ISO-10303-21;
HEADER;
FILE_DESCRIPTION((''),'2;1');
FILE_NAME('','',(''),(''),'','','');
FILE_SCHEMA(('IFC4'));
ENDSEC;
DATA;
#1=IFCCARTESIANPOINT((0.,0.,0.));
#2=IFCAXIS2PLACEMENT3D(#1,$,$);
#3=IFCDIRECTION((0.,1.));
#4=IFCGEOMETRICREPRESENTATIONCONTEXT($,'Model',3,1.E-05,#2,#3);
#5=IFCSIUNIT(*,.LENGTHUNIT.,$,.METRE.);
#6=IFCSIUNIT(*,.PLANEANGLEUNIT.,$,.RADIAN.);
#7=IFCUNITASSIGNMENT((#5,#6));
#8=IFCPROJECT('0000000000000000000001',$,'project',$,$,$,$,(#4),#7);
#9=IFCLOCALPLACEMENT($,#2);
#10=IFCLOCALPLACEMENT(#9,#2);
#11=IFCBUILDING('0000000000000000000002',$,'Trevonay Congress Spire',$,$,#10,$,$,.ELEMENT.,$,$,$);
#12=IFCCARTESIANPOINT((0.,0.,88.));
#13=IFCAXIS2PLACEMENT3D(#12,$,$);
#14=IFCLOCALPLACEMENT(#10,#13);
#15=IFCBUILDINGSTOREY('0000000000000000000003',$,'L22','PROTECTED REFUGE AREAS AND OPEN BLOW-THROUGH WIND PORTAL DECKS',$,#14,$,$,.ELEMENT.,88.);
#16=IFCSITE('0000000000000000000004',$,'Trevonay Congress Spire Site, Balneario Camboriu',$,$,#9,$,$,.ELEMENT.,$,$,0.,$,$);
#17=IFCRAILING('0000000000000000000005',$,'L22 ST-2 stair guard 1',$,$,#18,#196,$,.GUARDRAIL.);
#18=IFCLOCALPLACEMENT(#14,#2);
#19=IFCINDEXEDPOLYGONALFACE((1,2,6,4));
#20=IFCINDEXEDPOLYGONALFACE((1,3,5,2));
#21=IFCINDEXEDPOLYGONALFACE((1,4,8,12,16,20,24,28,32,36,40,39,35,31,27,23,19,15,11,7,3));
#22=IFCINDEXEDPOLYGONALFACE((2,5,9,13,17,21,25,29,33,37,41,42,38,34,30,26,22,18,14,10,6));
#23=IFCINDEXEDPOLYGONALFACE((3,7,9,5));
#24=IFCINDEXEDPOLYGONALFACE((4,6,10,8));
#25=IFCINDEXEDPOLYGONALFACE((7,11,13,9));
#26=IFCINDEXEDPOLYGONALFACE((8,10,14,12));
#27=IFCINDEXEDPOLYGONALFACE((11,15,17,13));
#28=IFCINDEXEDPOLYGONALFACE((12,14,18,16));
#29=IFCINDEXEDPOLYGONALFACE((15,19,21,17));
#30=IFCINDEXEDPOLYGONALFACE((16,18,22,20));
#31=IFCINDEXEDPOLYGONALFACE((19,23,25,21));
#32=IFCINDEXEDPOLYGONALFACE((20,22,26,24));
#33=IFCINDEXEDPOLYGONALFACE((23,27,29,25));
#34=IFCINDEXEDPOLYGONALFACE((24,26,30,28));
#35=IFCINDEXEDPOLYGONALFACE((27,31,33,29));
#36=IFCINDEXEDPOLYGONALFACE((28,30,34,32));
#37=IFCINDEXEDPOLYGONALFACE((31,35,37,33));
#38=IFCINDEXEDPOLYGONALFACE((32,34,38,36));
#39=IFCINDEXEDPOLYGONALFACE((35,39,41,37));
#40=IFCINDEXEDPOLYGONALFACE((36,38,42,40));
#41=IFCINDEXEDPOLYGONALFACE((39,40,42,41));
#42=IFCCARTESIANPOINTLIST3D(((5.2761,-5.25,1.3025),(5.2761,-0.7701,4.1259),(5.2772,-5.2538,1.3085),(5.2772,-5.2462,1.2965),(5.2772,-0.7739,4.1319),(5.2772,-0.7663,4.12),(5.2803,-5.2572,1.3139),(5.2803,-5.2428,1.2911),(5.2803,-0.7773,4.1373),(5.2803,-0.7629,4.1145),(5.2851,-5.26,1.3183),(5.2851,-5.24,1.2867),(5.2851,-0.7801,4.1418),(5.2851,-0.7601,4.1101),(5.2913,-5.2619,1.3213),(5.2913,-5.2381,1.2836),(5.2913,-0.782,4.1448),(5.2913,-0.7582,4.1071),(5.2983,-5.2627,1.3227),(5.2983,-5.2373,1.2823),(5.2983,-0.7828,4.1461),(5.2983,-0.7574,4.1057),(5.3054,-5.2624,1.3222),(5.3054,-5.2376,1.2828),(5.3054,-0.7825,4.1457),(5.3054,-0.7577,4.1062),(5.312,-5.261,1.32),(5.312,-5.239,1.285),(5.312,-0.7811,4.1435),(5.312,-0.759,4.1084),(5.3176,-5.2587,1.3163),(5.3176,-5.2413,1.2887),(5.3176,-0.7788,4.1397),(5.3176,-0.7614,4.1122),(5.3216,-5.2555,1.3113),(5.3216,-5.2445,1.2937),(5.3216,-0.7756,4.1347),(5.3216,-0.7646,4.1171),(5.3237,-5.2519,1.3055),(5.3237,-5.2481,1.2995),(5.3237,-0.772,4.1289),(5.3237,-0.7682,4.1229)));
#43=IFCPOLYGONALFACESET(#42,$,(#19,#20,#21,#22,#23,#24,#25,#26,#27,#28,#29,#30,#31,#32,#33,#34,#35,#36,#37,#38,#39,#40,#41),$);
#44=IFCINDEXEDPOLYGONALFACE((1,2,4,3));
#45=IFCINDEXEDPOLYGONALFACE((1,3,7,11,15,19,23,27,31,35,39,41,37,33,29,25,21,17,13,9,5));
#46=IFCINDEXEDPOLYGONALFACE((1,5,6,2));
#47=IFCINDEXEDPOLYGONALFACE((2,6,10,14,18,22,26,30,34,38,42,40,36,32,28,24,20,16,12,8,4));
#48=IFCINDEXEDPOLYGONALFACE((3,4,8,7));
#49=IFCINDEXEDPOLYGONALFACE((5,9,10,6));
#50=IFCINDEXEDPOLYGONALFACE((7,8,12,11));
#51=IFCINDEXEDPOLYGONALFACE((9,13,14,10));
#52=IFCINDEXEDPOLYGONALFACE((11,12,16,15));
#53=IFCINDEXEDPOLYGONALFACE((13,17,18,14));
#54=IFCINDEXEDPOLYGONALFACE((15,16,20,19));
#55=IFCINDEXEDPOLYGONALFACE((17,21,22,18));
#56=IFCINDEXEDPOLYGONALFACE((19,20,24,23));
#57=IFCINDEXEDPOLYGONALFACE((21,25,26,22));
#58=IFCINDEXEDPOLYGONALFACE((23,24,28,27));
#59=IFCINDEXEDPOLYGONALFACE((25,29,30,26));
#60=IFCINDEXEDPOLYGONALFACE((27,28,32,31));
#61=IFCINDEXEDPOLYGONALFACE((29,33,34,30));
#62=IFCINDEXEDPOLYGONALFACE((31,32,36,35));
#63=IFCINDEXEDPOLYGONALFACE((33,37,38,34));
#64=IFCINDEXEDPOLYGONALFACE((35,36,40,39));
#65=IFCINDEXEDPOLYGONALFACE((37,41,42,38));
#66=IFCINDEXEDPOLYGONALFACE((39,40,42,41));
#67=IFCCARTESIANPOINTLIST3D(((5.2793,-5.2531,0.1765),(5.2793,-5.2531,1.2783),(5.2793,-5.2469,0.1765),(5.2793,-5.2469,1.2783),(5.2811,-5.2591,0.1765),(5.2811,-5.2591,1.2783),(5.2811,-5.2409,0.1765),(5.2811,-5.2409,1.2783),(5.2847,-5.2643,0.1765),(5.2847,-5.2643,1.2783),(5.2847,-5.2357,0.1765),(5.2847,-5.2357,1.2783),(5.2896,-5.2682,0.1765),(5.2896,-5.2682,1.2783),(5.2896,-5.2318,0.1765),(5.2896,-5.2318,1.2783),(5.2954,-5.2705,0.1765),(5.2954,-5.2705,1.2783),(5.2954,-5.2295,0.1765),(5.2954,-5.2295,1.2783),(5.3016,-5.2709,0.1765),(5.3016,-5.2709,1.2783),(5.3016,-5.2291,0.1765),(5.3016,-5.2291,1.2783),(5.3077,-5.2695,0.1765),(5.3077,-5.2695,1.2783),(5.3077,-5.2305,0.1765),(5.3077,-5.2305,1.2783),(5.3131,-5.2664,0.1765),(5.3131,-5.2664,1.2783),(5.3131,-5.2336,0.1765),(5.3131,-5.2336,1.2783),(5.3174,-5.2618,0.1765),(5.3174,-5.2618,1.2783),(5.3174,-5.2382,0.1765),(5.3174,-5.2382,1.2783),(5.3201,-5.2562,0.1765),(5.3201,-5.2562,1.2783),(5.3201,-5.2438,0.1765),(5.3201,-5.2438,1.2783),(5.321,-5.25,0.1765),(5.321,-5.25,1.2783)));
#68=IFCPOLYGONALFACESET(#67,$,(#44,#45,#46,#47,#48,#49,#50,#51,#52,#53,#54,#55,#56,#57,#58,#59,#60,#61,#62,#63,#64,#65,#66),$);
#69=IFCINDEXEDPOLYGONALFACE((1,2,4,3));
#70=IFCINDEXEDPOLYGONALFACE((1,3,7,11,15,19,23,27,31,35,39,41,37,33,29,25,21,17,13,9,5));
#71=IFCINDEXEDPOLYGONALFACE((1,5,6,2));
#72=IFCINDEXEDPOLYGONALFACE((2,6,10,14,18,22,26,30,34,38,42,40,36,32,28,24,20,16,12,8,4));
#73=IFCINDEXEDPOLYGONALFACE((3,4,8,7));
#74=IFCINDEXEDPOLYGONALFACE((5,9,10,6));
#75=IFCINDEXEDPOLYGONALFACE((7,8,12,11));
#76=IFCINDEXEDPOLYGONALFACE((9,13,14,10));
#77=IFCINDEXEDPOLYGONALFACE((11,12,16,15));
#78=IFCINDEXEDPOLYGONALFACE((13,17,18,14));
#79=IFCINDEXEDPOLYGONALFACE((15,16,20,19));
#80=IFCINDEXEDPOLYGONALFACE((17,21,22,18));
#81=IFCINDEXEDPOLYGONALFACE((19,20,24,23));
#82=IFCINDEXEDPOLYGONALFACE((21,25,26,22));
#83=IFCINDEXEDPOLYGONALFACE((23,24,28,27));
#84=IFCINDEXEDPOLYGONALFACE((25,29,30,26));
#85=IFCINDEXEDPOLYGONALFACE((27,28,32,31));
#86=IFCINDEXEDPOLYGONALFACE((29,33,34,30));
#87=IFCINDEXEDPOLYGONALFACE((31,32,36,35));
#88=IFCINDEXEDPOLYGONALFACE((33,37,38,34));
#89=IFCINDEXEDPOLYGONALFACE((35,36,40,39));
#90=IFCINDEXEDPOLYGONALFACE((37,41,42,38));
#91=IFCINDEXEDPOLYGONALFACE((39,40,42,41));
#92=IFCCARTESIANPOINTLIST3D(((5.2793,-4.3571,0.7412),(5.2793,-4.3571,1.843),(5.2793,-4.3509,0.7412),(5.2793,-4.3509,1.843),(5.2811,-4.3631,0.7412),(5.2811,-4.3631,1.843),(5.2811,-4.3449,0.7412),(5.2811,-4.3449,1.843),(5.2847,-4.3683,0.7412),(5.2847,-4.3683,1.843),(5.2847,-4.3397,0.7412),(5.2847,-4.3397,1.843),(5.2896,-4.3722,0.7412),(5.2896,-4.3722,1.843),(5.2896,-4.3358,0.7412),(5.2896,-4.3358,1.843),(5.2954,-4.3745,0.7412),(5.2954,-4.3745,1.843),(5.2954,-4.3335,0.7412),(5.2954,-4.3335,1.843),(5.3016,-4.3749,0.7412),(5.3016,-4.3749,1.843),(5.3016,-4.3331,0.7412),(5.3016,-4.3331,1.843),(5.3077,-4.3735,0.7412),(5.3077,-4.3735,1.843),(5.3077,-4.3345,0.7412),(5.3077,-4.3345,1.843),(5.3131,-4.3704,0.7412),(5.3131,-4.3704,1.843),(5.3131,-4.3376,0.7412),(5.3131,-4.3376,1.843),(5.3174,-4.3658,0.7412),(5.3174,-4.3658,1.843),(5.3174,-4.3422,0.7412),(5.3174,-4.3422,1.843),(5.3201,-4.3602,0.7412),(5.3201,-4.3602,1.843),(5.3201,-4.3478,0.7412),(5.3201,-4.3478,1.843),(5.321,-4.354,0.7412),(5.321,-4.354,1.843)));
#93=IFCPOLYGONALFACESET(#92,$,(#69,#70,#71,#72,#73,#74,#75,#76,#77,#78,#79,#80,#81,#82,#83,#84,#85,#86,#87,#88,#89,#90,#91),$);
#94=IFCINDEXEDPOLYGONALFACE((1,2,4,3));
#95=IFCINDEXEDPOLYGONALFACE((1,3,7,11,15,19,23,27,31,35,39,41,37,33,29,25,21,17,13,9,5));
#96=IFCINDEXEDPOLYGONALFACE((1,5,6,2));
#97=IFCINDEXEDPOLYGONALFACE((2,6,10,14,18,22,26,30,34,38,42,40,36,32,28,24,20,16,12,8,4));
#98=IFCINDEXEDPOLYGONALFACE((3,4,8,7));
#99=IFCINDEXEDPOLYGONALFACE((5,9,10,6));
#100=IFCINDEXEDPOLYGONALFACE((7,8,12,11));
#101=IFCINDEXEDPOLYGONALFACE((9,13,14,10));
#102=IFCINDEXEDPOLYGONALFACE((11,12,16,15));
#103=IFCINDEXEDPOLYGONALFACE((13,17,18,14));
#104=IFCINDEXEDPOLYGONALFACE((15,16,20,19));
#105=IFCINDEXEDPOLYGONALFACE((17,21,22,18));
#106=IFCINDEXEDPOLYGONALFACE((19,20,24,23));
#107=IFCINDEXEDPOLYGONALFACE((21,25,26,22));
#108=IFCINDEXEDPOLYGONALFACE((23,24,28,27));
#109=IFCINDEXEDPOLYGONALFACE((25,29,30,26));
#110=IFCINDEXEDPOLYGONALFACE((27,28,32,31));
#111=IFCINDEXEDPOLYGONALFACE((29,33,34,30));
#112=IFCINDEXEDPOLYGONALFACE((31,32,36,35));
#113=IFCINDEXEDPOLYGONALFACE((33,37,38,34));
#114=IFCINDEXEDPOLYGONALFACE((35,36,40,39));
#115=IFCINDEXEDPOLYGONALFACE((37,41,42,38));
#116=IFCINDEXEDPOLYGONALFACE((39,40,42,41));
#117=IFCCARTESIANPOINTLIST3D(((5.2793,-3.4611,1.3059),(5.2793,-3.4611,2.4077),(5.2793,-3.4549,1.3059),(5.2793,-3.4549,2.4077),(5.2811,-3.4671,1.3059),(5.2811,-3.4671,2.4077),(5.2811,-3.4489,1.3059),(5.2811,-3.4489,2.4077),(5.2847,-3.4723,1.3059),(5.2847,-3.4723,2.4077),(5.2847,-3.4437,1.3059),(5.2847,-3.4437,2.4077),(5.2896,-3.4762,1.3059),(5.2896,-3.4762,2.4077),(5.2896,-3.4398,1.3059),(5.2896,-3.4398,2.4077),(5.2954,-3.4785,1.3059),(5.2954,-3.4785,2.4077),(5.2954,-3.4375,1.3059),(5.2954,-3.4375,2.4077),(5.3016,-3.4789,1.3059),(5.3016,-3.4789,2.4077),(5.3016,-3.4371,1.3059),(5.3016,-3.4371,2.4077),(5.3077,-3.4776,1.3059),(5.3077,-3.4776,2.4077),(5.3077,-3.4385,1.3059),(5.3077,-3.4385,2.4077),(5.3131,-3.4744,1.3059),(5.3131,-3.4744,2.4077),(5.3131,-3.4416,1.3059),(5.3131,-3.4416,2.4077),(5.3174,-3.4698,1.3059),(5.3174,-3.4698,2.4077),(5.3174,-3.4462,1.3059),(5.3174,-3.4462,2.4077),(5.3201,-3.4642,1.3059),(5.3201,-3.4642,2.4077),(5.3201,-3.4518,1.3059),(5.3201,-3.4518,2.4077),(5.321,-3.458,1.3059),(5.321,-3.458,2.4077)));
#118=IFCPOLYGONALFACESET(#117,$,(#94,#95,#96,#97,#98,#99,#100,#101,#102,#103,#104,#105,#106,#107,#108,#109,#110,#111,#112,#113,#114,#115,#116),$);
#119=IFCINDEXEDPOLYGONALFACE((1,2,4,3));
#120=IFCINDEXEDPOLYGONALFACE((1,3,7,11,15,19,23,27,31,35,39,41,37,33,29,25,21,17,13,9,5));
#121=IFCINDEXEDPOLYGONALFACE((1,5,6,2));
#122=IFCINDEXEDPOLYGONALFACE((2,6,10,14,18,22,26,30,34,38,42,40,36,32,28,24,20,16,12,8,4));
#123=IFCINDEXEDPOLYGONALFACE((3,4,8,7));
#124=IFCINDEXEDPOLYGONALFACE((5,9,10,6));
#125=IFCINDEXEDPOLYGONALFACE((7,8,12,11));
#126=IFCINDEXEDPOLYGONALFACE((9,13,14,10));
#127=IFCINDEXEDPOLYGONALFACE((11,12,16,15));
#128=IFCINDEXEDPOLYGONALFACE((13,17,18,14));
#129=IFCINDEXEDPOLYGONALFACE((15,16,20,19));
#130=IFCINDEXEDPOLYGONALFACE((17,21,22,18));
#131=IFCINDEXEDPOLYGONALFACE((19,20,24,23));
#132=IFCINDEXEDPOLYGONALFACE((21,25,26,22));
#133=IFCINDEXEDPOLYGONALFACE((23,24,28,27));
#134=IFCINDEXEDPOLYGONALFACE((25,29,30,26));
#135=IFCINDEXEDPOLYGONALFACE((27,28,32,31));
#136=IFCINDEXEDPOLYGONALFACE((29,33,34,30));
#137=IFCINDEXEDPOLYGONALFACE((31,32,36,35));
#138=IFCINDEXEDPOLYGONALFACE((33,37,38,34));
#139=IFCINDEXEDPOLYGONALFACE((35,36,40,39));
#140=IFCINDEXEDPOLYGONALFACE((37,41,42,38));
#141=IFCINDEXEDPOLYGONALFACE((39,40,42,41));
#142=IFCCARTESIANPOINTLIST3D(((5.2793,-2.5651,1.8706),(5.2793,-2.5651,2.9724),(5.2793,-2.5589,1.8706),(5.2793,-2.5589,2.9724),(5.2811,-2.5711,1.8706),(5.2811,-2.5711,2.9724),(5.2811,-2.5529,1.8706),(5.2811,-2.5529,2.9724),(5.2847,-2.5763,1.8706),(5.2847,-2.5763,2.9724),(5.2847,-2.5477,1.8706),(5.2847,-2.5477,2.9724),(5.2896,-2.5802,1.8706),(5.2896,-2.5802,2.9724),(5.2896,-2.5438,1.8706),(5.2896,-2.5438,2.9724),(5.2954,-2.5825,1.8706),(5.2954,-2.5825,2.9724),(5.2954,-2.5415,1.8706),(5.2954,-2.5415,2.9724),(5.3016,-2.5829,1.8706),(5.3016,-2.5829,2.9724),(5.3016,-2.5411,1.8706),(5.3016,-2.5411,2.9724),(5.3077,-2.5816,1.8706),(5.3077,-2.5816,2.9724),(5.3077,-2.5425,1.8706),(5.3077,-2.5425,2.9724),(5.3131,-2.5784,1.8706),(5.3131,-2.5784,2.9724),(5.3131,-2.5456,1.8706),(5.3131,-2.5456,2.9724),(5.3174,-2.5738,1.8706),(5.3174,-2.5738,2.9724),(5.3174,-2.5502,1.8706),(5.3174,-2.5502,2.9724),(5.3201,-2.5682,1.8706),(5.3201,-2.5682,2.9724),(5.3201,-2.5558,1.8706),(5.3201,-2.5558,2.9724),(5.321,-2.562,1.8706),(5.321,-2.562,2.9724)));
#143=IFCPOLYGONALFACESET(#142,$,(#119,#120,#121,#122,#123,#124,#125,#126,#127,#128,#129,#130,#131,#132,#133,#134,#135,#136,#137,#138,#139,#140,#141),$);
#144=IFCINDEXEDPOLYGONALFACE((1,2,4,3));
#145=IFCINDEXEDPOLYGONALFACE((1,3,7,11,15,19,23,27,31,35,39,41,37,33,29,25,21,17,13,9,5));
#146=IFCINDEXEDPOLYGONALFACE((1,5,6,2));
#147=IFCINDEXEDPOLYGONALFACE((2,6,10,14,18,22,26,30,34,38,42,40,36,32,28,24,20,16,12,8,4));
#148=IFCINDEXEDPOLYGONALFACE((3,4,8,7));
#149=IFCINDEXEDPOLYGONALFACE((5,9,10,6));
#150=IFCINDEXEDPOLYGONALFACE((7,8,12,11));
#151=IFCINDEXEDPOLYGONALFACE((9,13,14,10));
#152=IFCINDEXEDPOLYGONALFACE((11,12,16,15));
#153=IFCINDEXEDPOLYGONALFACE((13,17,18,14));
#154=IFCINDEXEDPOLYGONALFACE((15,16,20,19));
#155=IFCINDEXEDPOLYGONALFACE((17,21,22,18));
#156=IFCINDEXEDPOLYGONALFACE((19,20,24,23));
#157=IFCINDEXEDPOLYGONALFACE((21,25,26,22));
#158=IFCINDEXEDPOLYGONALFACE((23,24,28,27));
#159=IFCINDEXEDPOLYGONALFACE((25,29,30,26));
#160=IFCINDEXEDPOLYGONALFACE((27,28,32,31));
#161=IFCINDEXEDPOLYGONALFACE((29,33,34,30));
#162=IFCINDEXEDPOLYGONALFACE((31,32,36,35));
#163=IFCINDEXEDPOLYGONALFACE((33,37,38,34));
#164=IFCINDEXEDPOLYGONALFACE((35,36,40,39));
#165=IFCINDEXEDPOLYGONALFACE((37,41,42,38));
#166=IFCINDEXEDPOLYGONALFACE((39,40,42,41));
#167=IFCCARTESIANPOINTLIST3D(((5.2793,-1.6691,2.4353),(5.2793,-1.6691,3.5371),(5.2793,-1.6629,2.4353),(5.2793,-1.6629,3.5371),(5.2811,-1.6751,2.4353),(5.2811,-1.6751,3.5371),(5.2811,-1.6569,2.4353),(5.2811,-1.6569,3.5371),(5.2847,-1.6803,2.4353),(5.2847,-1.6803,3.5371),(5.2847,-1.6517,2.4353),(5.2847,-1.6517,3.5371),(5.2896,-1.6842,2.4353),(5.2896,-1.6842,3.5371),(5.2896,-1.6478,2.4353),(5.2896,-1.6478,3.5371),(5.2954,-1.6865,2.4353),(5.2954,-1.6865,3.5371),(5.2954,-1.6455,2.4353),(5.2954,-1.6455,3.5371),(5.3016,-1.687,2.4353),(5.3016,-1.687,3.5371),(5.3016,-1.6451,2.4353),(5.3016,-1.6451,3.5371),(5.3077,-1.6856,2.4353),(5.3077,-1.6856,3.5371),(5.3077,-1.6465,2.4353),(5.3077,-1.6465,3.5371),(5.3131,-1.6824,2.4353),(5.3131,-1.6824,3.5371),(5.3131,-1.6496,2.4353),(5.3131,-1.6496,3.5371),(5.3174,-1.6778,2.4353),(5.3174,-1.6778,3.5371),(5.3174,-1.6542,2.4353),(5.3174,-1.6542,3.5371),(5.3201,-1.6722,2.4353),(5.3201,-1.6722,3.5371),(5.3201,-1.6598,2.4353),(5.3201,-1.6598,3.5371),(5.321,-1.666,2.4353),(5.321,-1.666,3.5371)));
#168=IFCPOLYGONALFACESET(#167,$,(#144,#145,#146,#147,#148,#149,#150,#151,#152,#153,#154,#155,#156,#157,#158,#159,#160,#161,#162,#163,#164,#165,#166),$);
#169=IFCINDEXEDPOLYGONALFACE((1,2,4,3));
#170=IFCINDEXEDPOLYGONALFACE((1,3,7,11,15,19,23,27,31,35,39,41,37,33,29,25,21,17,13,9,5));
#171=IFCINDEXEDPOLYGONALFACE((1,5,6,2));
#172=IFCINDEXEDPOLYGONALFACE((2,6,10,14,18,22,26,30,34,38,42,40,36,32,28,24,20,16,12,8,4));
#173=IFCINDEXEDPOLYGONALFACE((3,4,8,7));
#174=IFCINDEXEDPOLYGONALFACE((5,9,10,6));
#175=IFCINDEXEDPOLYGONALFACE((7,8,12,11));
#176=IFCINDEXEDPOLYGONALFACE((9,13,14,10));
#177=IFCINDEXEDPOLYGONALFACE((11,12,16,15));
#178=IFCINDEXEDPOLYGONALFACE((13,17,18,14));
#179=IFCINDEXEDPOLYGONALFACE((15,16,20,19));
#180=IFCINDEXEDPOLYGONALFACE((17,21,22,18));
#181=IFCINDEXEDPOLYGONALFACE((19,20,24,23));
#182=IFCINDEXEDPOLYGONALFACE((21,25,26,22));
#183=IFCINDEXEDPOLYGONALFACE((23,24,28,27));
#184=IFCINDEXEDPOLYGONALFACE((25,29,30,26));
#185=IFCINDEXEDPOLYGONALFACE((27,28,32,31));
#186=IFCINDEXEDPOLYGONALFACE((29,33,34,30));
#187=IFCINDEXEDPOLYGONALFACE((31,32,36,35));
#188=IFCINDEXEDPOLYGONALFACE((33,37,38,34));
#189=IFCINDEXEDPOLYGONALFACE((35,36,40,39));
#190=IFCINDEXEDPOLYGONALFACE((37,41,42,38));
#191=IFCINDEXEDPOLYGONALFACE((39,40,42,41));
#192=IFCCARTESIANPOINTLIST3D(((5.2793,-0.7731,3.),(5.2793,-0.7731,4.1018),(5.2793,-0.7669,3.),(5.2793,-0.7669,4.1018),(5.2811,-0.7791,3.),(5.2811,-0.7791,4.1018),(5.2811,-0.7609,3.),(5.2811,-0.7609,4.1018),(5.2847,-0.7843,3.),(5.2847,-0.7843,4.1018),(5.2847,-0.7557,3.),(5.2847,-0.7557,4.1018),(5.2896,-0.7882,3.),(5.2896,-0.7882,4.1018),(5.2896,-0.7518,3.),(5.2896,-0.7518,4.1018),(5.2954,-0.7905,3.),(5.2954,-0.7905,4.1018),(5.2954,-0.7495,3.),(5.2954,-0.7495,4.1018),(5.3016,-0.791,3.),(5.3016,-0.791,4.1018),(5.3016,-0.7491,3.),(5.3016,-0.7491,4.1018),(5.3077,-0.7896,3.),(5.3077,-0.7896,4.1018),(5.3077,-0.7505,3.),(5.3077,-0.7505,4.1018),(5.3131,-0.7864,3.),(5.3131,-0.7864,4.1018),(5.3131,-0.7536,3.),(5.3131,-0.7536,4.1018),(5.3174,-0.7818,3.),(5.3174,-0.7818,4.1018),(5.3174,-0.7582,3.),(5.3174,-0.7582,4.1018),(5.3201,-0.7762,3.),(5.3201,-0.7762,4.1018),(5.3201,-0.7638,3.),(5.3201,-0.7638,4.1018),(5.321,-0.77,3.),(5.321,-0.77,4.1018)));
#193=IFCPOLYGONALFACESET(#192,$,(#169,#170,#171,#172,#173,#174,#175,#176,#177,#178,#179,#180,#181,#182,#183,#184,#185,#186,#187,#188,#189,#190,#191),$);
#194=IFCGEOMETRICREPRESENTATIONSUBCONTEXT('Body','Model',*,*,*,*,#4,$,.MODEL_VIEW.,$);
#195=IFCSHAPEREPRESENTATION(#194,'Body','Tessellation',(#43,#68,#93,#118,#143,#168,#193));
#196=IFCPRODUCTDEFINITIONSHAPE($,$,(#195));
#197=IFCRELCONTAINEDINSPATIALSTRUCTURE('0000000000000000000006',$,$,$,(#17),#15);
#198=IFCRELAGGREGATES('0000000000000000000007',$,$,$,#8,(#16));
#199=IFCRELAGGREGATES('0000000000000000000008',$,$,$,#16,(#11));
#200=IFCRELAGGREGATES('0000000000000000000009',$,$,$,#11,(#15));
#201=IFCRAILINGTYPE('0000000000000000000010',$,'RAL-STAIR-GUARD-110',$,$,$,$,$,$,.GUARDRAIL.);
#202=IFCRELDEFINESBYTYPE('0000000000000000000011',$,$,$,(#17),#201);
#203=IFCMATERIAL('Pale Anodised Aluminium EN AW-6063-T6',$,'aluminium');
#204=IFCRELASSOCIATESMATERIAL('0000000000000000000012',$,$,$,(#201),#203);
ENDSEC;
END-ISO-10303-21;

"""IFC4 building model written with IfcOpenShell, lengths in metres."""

from ifc_helpers import new_model, si_unit, direction, frame, origin, origin_2d, place, context, subcontext, project, spatial, circle, extrude, material, type_object, element, save


model = new_model("IFC4")

# Units and contexts
model_context = context("Model", 3, precision=1e-05, world=origin(), true_north=direction((0.0, 1.0)))
body_context = subcontext(model_context, "Body", "Model", "MODEL_VIEW")
ifc_project = project(units=[si_unit("LENGTHUNIT", "METRE"), si_unit("PLANEANGLEUNIT", "RADIAN")], contexts=[model_context])

# Site, building, storey
site_placement = place(None, origin())
site = spatial("IfcSite", under=ifc_project, at=site_placement, Name="Trevonay Congress Spire Site, Balneario Camboriu", CompositionType="ELEMENT", RefElevation=0.0)
building_placement = place(site_placement, origin())
building = spatial("IfcBuilding", under=site, at=building_placement, Name="Trevonay Congress Spire", CompositionType="ELEMENT")
storey_placement = place(building_placement, frame((0.0, 0.0, 88.0)))
storey = spatial("IfcBuildingStorey", under=building, at=storey_placement, Name="L22", Description="PROTECTED REFUGE AREAS AND OPEN BLOW-THROUGH WIND PORTAL DECKS", CompositionType="ELEMENT", Elevation=88.0)

# Shared definitions
ifc_material_1 = material(Name="Pale Anodised Aluminium EN AW-6063-T6", Category="aluminium")

# Railing
railing_type_1 = type_object("IfcRailingType", Name="RAL-STAIR-GUARD-110", PredefinedType="GUARDRAIL", material=ifc_material_1)
railing_1_placement = place(storey_placement, frame((5.3, -5.25, 0.1765)))
element("IfcRailing", 1, at=railing_1_placement, inside=storey, type_object=railing_type_1, Name="L22 ST-2 stair guard 1", PredefinedType="GUARDRAIL", context=body_context, shape_type="SweptSolid", body=[
    extrude(circle(Radius=0.0239, at=origin_2d()), frame((0.0, 0.0, 1.126), z_axis=(0.0, 0.845998, 0.533186), x_axis=(-1.0, 0.0, 0.0)), (0.0, 0.0, 1.0), 5.2954),
    extrude(circle(Radius=0.021, at=origin_2d()), origin(), (0.0, 0.0, 1.0), 1.1018),
    extrude(circle(Radius=0.021, at=origin_2d()), frame((0.0, 0.896, 0.5647)), (0.0, 0.0, 1.0), 1.1018),
    extrude(circle(Radius=0.021, at=origin_2d()), frame((0.0, 1.792, 1.1294)), (0.0, 0.0, 1.0), 1.1018),
    extrude(circle(Radius=0.021, at=origin_2d()), frame((0.0, 2.688, 1.6941)), (0.0, 0.0, 1.0), 1.1018),
    extrude(circle(Radius=0.021, at=origin_2d()), frame((0.0, 3.584, 2.2588)), (0.0, 0.0, 1.0), 1.1018),
    extrude(circle(Radius=0.021, at=origin_2d()), frame((0.0, 4.48, 2.8235)), (0.0, 0.0, 1.0), 1.1018),
])

save(model, "model.ifc")
